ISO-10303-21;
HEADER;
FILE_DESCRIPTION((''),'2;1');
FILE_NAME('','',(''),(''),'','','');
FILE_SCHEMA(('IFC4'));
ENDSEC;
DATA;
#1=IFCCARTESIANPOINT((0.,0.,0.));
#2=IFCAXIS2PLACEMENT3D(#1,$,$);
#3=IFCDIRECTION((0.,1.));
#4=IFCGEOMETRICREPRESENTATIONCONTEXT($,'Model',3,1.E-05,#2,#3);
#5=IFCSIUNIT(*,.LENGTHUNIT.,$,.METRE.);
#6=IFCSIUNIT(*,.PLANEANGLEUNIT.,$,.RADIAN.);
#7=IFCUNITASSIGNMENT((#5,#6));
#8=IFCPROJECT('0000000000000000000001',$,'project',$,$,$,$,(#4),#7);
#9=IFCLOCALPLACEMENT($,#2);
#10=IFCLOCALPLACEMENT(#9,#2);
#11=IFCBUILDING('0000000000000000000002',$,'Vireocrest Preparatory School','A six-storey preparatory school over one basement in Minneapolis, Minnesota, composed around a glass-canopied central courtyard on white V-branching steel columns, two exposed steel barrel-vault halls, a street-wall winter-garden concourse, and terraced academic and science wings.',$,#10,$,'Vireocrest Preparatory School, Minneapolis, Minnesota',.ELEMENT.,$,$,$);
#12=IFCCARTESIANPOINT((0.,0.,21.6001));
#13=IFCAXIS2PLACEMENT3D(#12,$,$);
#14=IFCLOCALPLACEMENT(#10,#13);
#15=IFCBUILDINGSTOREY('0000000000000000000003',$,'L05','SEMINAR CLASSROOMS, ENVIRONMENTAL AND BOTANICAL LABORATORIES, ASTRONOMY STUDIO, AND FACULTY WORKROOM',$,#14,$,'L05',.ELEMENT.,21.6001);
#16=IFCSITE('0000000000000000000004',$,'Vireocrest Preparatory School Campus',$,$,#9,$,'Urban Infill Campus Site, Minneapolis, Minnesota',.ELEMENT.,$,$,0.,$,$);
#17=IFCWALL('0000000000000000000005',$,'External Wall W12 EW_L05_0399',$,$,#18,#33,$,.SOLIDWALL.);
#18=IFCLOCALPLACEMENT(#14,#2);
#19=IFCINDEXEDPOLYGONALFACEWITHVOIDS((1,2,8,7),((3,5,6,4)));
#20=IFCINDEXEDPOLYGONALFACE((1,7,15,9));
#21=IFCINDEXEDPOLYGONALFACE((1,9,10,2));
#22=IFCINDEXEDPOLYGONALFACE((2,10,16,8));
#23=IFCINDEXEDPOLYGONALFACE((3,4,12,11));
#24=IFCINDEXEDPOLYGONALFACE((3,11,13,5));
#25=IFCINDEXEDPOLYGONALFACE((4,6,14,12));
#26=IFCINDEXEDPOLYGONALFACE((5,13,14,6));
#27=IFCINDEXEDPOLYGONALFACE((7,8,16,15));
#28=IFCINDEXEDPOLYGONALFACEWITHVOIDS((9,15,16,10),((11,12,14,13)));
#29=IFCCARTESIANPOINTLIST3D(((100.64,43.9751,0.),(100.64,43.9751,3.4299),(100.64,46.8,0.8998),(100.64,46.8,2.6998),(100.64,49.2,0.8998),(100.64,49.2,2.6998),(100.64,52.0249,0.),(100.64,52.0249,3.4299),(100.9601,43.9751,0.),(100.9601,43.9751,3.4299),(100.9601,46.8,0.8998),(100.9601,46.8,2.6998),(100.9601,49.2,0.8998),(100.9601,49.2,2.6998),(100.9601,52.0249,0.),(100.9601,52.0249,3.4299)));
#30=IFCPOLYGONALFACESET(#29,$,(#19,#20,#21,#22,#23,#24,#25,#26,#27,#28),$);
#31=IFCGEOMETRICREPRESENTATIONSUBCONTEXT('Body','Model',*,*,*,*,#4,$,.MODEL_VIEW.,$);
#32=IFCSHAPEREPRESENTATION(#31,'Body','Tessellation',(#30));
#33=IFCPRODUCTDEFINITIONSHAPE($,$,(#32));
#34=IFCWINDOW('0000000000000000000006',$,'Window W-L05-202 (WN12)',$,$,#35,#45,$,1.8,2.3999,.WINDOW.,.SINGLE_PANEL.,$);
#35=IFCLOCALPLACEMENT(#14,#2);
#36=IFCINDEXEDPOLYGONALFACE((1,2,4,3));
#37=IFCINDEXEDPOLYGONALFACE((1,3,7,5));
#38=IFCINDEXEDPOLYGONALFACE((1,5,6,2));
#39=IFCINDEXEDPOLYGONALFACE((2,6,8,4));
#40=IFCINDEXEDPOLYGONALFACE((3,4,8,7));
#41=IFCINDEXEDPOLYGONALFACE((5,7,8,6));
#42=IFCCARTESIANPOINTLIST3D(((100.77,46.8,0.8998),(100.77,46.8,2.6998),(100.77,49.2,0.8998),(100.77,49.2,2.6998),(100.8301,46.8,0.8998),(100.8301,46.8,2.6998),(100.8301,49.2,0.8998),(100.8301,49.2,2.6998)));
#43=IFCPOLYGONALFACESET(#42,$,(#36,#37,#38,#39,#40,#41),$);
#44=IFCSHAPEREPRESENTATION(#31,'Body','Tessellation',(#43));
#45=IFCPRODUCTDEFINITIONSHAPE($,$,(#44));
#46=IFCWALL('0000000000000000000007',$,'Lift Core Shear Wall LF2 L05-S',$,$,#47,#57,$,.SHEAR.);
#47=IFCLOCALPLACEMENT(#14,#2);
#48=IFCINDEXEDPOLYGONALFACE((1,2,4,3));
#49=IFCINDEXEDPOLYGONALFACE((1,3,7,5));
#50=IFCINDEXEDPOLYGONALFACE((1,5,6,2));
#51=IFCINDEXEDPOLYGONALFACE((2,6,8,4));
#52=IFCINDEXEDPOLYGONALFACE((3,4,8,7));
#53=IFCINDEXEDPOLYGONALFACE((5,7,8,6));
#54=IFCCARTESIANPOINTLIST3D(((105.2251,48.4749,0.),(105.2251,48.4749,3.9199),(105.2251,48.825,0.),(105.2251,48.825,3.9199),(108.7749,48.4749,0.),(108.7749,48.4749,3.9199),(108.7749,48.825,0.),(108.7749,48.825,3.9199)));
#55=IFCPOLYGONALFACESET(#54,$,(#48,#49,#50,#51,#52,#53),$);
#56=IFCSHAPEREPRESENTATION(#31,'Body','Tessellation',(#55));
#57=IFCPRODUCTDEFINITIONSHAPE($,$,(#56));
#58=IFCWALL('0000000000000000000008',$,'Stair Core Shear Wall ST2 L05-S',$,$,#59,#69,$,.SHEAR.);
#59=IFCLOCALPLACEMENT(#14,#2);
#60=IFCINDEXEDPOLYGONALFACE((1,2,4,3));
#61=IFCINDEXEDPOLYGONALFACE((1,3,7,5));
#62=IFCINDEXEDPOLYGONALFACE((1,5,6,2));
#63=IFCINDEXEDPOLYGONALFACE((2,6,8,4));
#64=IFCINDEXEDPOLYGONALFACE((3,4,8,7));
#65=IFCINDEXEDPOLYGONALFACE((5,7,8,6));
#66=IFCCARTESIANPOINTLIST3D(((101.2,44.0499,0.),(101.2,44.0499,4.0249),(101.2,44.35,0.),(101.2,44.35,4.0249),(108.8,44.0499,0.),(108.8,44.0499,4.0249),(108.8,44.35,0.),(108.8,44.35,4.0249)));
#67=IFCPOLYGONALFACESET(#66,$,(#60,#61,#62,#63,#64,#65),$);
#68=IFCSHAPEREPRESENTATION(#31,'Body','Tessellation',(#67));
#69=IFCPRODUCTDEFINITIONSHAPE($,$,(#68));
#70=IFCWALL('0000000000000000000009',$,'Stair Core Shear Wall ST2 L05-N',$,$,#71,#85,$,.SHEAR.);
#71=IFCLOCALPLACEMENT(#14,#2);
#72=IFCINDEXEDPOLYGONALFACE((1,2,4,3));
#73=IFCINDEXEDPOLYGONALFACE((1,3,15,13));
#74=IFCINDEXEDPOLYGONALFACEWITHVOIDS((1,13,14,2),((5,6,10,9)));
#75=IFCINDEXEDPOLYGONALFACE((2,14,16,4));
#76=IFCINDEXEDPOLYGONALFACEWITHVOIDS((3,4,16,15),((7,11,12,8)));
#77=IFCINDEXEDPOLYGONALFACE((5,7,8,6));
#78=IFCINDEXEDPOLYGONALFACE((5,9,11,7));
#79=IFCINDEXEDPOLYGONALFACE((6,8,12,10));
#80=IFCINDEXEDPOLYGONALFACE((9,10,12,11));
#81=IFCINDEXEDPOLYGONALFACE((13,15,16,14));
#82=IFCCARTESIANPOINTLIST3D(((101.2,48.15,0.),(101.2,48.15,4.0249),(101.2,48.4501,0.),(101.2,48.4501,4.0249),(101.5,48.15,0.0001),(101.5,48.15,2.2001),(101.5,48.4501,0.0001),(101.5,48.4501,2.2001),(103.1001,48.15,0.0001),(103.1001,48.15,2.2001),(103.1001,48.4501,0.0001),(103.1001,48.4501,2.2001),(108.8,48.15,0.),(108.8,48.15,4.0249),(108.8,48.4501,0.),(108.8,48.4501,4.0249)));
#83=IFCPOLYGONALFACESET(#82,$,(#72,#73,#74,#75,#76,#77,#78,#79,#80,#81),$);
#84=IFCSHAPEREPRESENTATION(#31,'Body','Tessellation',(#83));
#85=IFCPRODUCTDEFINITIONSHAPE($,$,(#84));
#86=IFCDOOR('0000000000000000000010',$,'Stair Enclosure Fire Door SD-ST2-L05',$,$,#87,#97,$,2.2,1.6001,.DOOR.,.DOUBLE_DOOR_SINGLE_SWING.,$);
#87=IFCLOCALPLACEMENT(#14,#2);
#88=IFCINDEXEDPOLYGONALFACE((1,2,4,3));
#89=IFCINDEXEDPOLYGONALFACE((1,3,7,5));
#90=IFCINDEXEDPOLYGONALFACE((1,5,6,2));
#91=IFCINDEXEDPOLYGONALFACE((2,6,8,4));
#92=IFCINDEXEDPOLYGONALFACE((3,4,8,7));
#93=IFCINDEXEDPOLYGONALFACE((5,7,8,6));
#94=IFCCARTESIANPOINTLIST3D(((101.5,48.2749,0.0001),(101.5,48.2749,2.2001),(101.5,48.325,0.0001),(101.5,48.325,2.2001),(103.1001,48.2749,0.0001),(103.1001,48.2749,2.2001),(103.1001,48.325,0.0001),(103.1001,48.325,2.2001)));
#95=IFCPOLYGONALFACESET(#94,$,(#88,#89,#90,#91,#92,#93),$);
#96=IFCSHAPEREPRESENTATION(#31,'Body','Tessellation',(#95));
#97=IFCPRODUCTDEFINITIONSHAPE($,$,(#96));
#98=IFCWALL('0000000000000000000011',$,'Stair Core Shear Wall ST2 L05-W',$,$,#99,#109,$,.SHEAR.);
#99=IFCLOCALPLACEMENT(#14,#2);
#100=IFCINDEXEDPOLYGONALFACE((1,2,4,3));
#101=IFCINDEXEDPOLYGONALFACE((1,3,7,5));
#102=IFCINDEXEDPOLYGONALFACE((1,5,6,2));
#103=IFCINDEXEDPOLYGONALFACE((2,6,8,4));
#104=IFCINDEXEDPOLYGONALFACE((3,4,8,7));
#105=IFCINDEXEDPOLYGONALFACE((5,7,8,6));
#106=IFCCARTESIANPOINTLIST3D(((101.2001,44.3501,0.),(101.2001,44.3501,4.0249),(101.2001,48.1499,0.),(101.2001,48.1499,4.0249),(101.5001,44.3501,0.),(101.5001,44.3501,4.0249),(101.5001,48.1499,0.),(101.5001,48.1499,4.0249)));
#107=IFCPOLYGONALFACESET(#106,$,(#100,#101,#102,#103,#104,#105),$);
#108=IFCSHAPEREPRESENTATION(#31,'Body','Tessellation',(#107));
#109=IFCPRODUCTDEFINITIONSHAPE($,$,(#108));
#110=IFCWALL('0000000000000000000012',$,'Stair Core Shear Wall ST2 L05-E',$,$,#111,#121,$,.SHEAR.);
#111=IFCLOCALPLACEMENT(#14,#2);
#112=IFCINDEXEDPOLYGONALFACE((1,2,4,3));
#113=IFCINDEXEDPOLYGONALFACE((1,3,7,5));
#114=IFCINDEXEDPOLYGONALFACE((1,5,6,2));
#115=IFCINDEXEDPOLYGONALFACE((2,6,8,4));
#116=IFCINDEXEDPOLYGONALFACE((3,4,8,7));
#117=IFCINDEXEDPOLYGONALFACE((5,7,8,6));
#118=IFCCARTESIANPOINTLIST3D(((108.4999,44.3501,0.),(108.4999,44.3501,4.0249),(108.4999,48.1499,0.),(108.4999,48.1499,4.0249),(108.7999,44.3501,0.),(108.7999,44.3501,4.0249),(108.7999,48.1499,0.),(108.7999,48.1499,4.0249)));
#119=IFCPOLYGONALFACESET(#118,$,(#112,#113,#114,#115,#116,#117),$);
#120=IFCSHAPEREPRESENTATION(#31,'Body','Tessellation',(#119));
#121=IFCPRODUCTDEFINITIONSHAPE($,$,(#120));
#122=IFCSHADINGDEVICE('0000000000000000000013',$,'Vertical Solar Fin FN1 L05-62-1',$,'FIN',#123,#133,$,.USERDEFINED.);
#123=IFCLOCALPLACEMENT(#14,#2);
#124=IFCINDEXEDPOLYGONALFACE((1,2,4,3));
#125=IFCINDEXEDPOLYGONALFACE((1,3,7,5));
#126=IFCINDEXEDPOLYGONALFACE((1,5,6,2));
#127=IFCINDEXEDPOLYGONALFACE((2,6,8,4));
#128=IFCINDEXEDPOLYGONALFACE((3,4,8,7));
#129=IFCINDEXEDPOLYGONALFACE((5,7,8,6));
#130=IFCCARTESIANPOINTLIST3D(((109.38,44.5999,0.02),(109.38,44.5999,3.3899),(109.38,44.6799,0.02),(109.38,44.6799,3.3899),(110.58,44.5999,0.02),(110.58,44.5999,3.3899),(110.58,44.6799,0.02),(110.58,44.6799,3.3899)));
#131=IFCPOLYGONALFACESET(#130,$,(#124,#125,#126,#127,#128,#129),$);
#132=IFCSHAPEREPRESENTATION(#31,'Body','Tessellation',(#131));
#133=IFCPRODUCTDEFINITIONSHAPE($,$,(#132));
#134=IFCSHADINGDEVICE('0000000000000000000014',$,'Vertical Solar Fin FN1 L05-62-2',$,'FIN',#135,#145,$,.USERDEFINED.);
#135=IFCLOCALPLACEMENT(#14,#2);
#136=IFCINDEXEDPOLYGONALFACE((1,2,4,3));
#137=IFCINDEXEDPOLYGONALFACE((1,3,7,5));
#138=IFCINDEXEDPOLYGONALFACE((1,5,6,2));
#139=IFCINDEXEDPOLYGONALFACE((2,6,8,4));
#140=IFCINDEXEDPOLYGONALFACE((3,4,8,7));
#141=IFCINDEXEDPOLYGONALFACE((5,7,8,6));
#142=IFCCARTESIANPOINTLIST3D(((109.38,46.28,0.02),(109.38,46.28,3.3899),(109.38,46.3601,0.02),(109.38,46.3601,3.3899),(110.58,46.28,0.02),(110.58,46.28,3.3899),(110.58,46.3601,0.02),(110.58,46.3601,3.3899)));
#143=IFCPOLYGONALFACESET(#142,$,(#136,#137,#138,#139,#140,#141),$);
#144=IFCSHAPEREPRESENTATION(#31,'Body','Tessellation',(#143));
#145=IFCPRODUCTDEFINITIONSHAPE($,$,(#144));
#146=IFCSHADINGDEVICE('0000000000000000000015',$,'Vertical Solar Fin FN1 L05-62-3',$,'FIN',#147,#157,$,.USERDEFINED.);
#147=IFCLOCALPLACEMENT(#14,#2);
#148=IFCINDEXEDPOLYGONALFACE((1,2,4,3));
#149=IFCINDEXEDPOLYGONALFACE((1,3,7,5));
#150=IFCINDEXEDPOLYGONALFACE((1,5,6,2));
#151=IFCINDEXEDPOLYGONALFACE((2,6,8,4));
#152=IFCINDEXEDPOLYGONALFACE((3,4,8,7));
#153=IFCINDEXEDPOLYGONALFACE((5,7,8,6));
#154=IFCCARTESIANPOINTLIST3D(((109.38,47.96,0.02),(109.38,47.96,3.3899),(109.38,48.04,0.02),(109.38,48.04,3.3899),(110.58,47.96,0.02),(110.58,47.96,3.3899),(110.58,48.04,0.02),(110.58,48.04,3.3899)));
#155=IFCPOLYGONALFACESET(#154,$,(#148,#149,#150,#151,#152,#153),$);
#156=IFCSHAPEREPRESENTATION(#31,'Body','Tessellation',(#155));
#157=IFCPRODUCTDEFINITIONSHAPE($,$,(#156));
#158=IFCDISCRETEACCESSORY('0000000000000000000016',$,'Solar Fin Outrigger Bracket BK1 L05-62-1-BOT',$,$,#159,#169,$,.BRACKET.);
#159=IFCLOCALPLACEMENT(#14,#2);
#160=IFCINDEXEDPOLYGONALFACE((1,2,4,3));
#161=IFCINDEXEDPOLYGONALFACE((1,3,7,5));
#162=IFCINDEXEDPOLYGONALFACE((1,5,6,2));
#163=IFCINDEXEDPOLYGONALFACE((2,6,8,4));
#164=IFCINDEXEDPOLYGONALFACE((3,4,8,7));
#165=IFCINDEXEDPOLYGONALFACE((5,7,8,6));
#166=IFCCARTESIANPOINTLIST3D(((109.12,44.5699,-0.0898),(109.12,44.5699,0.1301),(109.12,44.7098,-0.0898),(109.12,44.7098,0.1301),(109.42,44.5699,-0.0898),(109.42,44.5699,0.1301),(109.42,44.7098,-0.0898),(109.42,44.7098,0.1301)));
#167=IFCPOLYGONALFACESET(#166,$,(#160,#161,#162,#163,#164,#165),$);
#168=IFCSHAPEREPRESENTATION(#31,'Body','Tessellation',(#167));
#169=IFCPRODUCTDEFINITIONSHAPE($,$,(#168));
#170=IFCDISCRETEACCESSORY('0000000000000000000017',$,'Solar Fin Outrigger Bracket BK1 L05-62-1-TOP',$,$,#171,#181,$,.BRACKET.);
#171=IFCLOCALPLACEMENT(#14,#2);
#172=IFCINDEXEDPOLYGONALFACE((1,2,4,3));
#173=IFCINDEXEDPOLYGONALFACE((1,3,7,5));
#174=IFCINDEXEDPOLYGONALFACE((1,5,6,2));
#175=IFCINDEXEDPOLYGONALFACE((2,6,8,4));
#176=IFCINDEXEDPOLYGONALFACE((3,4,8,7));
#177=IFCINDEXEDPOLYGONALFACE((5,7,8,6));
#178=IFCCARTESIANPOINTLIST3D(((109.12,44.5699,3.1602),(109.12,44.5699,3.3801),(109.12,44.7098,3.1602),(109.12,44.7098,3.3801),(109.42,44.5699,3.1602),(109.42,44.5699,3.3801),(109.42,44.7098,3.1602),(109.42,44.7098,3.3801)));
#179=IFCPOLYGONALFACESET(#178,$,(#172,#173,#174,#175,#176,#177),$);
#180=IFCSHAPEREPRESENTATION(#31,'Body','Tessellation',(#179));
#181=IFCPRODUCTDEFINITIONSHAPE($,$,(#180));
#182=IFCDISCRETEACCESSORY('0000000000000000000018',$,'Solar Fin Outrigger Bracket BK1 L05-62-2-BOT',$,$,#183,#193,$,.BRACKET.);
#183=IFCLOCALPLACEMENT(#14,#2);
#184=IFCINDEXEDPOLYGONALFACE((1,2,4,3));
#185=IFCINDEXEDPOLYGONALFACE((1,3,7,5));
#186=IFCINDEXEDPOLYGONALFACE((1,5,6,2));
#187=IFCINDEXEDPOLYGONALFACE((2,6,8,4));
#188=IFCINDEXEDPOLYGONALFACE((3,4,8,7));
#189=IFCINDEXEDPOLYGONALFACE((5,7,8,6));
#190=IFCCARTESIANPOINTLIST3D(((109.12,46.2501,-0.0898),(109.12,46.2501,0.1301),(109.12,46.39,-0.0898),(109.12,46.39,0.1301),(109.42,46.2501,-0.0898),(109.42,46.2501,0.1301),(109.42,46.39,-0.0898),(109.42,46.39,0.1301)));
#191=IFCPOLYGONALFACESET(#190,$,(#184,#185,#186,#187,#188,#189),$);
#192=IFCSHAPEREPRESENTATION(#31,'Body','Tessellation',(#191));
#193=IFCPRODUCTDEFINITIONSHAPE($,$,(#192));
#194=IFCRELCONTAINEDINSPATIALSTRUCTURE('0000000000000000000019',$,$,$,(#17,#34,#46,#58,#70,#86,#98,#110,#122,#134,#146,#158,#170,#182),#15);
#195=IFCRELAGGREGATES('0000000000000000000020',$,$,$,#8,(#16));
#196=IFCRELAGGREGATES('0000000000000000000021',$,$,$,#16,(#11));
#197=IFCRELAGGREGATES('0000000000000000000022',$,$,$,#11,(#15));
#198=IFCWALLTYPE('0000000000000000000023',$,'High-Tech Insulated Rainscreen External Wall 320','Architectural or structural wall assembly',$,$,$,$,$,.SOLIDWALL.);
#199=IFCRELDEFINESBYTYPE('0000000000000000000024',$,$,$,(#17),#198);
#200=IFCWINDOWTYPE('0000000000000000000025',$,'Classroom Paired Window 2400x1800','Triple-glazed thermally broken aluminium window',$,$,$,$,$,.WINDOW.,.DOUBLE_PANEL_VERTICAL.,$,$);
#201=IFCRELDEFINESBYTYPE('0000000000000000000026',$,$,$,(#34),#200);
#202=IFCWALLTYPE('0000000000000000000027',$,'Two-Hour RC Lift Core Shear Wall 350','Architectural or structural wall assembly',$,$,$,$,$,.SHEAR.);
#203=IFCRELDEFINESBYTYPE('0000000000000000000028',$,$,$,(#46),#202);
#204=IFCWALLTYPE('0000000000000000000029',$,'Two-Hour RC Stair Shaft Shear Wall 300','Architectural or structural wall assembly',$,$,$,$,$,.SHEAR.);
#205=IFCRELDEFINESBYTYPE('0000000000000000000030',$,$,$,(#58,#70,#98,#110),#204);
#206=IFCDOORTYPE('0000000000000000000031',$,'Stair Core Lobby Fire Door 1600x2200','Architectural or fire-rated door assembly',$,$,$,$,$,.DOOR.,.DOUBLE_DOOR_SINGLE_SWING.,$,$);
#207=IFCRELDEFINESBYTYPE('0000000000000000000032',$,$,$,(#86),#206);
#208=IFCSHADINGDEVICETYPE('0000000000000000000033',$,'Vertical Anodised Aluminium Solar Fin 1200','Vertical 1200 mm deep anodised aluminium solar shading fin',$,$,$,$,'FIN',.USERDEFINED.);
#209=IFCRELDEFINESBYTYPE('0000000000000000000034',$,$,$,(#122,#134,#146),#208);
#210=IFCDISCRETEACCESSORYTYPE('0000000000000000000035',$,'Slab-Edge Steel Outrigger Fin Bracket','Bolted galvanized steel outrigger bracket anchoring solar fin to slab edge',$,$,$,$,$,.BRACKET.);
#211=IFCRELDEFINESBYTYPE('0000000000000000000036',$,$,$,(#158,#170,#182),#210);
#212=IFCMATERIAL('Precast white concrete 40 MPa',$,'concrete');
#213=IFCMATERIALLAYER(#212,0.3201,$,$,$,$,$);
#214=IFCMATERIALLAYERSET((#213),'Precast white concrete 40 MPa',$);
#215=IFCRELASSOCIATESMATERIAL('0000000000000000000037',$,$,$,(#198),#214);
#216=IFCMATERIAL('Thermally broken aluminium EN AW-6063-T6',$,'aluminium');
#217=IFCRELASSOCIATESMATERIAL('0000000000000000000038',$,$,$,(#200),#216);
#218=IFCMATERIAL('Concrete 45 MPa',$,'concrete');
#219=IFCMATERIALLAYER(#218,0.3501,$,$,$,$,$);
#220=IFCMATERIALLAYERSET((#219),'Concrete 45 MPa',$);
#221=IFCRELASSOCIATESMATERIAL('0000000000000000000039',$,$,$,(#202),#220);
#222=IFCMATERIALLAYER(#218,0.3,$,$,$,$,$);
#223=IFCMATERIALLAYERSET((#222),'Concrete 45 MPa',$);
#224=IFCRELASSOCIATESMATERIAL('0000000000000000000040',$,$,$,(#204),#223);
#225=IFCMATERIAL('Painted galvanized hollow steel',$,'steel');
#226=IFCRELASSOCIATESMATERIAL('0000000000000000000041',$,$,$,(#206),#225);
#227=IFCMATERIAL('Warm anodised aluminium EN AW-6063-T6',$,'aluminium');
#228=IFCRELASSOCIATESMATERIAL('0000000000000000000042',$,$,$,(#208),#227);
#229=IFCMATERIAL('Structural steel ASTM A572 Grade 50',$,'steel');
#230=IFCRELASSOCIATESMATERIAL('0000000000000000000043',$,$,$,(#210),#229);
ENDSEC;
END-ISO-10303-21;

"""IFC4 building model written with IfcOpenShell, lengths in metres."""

from ifc_helpers import new_model, si_unit, direction, frame, frame_2d, origin, origin_2d, place, context, subcontext, project, spatial, rectangle, extrude, material, layer, layer_set, material_profile, profile_set, type_object, element, fill, save


model = new_model("IFC4")

# Units and contexts
model_context = context("Model", 3, precision=1e-05, world=origin(), true_north=direction((0.0, 1.0)))
body_context = subcontext(model_context, "Body", "Model", "MODEL_VIEW")
ifc_project = project(units=[si_unit("LENGTHUNIT", "METRE"), si_unit("PLANEANGLEUNIT", "RADIAN")], contexts=[model_context])

# Site, building, storey
site_placement = place(None, origin())
site = spatial("IfcSite", under=ifc_project, at=site_placement, Name="Vireocrest Preparatory School Campus", LongName="Urban Infill Campus Site, Minneapolis, Minnesota", CompositionType="ELEMENT", RefElevation=0.0)
building_placement = place(site_placement, origin())
building = spatial("IfcBuilding", under=site, at=building_placement, Name="Vireocrest Preparatory School", Description="A six-storey preparatory school over one basement in Minneapolis, Minnesota, composed around a glass-canopied central courtyard on white V-branching steel columns, two exposed steel barrel-vault halls, a street-wall winter-garden concourse, and terraced academic and science wings.", LongName="Vireocrest Preparatory School, Minneapolis, Minnesota", CompositionType="ELEMENT")
storey_placement = place(building_placement, frame((0.0, 0.0, 21.6001)))
storey = spatial("IfcBuildingStorey", under=building, at=storey_placement, Name="L05", Description="SEMINAR CLASSROOMS, ENVIRONMENTAL AND BOTANICAL LABORATORIES, ASTRONOMY STUDIO, AND FACULTY WORKROOM", LongName="L05", CompositionType="ELEMENT", Elevation=21.6001)

# Shared definitions
ifc_material_1 = material(Name="Concrete 45 MPa", Category="concrete")

# Shared definitions
ifc_material_2 = material(Name="Precast white concrete 40 MPa", Category="concrete")
ifc_layer_1 = layer(ifc_material_2, 0.3201)
ifc_layer_set_1 = layer_set([ifc_layer_1], Name="Precast white concrete 40 MPa")
wall_type_1 = type_object("IfcWallType", Name="High-Tech Insulated Rainscreen External Wall 320", Description="Architectural or structural wall assembly", PredefinedType="SOLIDWALL", material=ifc_layer_set_1)
ifc_material_3 = material(Name="Thermally broken aluminium EN AW-6063-T6", Category="aluminium")

# Wall, opening, window
wall_1_placement = place(storey_placement, frame((100.8, 43.9751, 0.0), z_axis=(0.0, 0.0, 1.0), x_axis=(0.0, 1.0, 0.0)))
wall_1 = element("IfcWall", 1, at=wall_1_placement, inside=storey, type_object=wall_type_1, Name="External Wall W12 EW_L05_0399", PredefinedType="SOLIDWALL", context=body_context, shape_type="SweptSolid", body=[
    extrude(rectangle(XDim=8.0498, YDim=0.3201, at=frame_2d((4.0249, 0.0))), origin(), (0.0, 0.0, 1.0), 3.4299),
])
opening_1_placement = place(wall_1_placement, frame((2.825, 0.0, 0.8999)))
opening_1 = element("IfcOpeningElement", 2, at=opening_1_placement, cuts=wall_1, PredefinedType="OPENING", context=body_context, shape_type="SweptSolid", body=[
    extrude(rectangle(XDim=2.3999, YDim=1.8, at=frame_2d((1.2, 0.8999))), frame((0.0, 0.1699, 0.0), z_axis=(0.0, -1.0, 0.0), x_axis=(1.0, 0.0, 0.0)), (0.0, 0.0, 1.0), 0.3401),
])
window_type_1 = type_object("IfcWindowType", Name="Classroom Paired Window 2400x1800", Description="Triple-glazed thermally broken aluminium window", PartitioningType="DOUBLE_PANEL_VERTICAL", PredefinedType="WINDOW", material=ifc_material_3)
window_1_placement = place(opening_1_placement, origin())
window_1 = element("IfcWindow", 3, at=window_1_placement, inside=storey, type_object=window_type_1, Name="Window W-L05-202 (WN12)", OverallHeight=1.8, OverallWidth=2.3999, PartitioningType="SINGLE_PANEL", PredefinedType="WINDOW", context=body_context, shape_type="SweptSolid", body=[
    extrude(rectangle(XDim=2.3999, YDim=1.8, at=frame_2d((1.2, 0.8999))), frame((0.0, 0.03, 0.0), z_axis=(0.0, -1.0, 0.0), x_axis=(1.0, 0.0, 0.0)), (0.0, 0.0, 1.0), 0.0601),
])
fill(opening_1, window_1)

# Walls
ifc_layer_2 = layer(ifc_material_1, 0.3501)
ifc_layer_set_2 = layer_set([ifc_layer_2], Name="Concrete 45 MPa")
wall_type_2 = type_object("IfcWallType", Name="Two-Hour RC Lift Core Shear Wall 350", Description="Architectural or structural wall assembly", PredefinedType="SHEAR", material=ifc_layer_set_2)
wall_2_placement = place(storey_placement, frame((105.2251, 48.6499, 0.0), z_axis=(0.0, 0.0, 1.0), x_axis=(1.0, 0.0, 0.0)))
element("IfcWall", 4, at=wall_2_placement, inside=storey, type_object=wall_type_2, Name="Lift Core Shear Wall LF2 L05-S", PredefinedType="SHEAR", context=body_context, shape_type="SweptSolid", body=[
    extrude(rectangle(XDim=3.5498, YDim=0.3501, at=frame_2d((1.7749, 0.0))), origin(), (0.0, 0.0, 1.0), 3.9199),
])
ifc_layer_3 = layer(ifc_material_1, 0.3)
ifc_layer_set_3 = layer_set([ifc_layer_3], Name="Concrete 45 MPa")
wall_type_3 = type_object("IfcWallType", Name="Two-Hour RC Stair Shaft Shear Wall 300", Description="Architectural or structural wall assembly", PredefinedType="SHEAR", material=ifc_layer_set_3)
wall_3_placement = place(storey_placement, frame((101.2, 44.2, 0.0), z_axis=(0.0, 0.0, 1.0), x_axis=(1.0, 0.0, 0.0)))
element("IfcWall", 5, at=wall_3_placement, inside=storey, type_object=wall_type_3, Name="Stair Core Shear Wall ST2 L05-S", PredefinedType="SHEAR", context=body_context, shape_type="SweptSolid", body=[
    extrude(rectangle(XDim=7.6001, YDim=0.3, at=frame_2d((3.8, 0.0))), origin(), (0.0, 0.0, 1.0), 4.0249),
])

# Wall, opening, door
wall_4_placement = place(storey_placement, frame((101.2, 48.3, 0.0), z_axis=(0.0, 0.0, 1.0), x_axis=(1.0, 0.0, 0.0)))
wall_4 = element("IfcWall", 6, at=wall_4_placement, inside=storey, type_object=wall_type_3, Name="Stair Core Shear Wall ST2 L05-N", PredefinedType="SHEAR", context=body_context, shape_type="SweptSolid", body=[
    extrude(rectangle(XDim=7.6001, YDim=0.3, at=frame_2d((3.8, 0.0))), origin(), (0.0, 0.0, 1.0), 4.0249),
])
opening_2_placement = place(wall_4_placement, frame((0.3, 0.0, 0.0)))
opening_2 = element("IfcOpeningElement", 7, at=opening_2_placement, cuts=wall_4, PredefinedType="OPENING", context=body_context, shape_type="SweptSolid", body=[
    extrude(rectangle(XDim=1.6001, YDim=2.2, at=frame_2d((0.8, 1.1001))), frame((0.0, 0.1599, 0.0), z_axis=(0.0, -1.0, 0.0), x_axis=(1.0, 0.0, 0.0)), (0.0, 0.0, 1.0), 0.3201),
])
ifc_material_4 = material(Name="Painted galvanized hollow steel", Category="steel")
door_type = type_object("IfcDoorType", Name="Stair Core Lobby Fire Door 1600x2200", Description="Architectural or fire-rated door assembly", OperationType="DOUBLE_DOOR_SINGLE_SWING", PredefinedType="DOOR", material=ifc_material_4)
door_placement = place(opening_2_placement, origin())
door = element("IfcDoor", 8, at=door_placement, inside=storey, type_object=door_type, Name="Stair Enclosure Fire Door SD-ST2-L05", OperationType="DOUBLE_DOOR_SINGLE_SWING", OverallHeight=2.2, OverallWidth=1.6001, PredefinedType="DOOR", context=body_context, shape_type="SweptSolid", body=[
    extrude(rectangle(XDim=1.6001, YDim=2.2, at=frame_2d((0.8, 1.1001))), frame((0.0, 0.0249, 0.0), z_axis=(0.0, -1.0, 0.0), x_axis=(1.0, 0.0, 0.0)), (0.0, 0.0, 1.0), 0.05),
])
fill(opening_2, door)

# Walls
for number, where, z_axis, x_axis, name in (
    (9, (101.3501, 44.3501, 0.0), (0.0, 0.0, 1.0), (0.0, 1.0, 0.0), "Stair Core Shear Wall ST2 L05-W"),
    (10, (108.6499, 44.3501, 0.0), (0.0, 0.0, 1.0), (0.0, 1.0, 0.0), "Stair Core Shear Wall ST2 L05-E"),
):
    element("IfcWall", number, at=place(storey_placement, frame(where, z_axis=z_axis, x_axis=x_axis)), inside=storey, type_object=wall_type_3, Name=name, PredefinedType="SHEAR", context=body_context, shape_type="SweptSolid", body=[
        extrude(rectangle(XDim=3.7998, YDim=0.3, at=frame_2d((1.8999, 0.0))), origin(), (0.0, 0.0, 1.0), 4.0249),
    ])

# Shading devices
ifc_material_5 = material(Name="Warm anodised aluminium EN AW-6063-T6", Category="aluminium")
ifc_material_profile_1 = material_profile(ifc_material_5, rectangle(XDim=0.0801, YDim=1.2, at=origin_2d()), Name="FIN 80x1200")
ifc_profile_set_1 = profile_set([ifc_material_profile_1], Name="Warm anodised aluminium EN AW-6063-T6")
shading_device_type = type_object("IfcShadingDeviceType", Name="Vertical Anodised Aluminium Solar Fin 1200", Description="Vertical 1200 mm deep anodised aluminium solar shading fin", ElementType="FIN", PredefinedType="USERDEFINED", material=ifc_profile_set_1)
for number, where, z_axis, x_axis, name in (
    (11, (109.98, 44.6399, 0.02), (0.0, 0.0, 1.0), (0.0, -1.0, 0.0), "Vertical Solar Fin FN1 L05-62-1"),
    (12, (109.98, 46.3201, 0.02), (0.0, 0.0, 1.0), (0.0, -1.0, 0.0), "Vertical Solar Fin FN1 L05-62-2"),
    (13, (109.98, 48.0, 0.02), (0.0, 0.0, 1.0), (0.0, -1.0, 0.0), "Vertical Solar Fin FN1 L05-62-3"),
):
    element("IfcShadingDevice", number, at=place(storey_placement, frame(where, z_axis=z_axis, x_axis=x_axis)), inside=storey, type_object=shading_device_type, Name=name, ObjectType="FIN", PredefinedType="USERDEFINED", context=body_context, shape_type="SweptSolid", body=[
        extrude(rectangle(XDim=0.0801, YDim=1.2, at=origin_2d()), origin(), (0.0, 0.0, 1.0), 3.3699),
    ])

# Discrete accessories
ifc_material_6 = material(Name="Structural steel ASTM A572 Grade 50", Category="steel")
discrete_accessory_type = type_object("IfcDiscreteAccessoryType", Name="Slab-Edge Steel Outrigger Fin Bracket", Description="Bolted galvanized steel outrigger bracket anchoring solar fin to slab edge", PredefinedType="BRACKET", material=ifc_material_6)
for number, where, z_axis, x_axis, name in (
    (14, (109.27, 44.6399, -0.0898), (0.0, 0.0, 1.0), (0.0, -1.0, 0.0), "Solar Fin Outrigger Bracket BK1 L05-62-1-BOT"),
    (15, (109.27, 44.6399, 3.1602), (0.0, 0.0, 1.0), (0.0, -1.0, 0.0), "Solar Fin Outrigger Bracket BK1 L05-62-1-TOP"),
    (16, (109.27, 46.3201, -0.0898), (0.0, 0.0, 1.0), (0.0, -1.0, 0.0), "Solar Fin Outrigger Bracket BK1 L05-62-2-BOT"),
):
    element("IfcDiscreteAccessory", number, at=place(storey_placement, frame(where, z_axis=z_axis, x_axis=x_axis)), inside=storey, type_object=discrete_accessory_type, Name=name, PredefinedType="BRACKET", context=body_context, shape_type="SweptSolid", body=[
        extrude(rectangle(XDim=0.1399, YDim=0.3, at=origin_2d()), origin(), (0.0, 0.0, 1.0), 0.22),
    ])

save(model, "model.ifc")
